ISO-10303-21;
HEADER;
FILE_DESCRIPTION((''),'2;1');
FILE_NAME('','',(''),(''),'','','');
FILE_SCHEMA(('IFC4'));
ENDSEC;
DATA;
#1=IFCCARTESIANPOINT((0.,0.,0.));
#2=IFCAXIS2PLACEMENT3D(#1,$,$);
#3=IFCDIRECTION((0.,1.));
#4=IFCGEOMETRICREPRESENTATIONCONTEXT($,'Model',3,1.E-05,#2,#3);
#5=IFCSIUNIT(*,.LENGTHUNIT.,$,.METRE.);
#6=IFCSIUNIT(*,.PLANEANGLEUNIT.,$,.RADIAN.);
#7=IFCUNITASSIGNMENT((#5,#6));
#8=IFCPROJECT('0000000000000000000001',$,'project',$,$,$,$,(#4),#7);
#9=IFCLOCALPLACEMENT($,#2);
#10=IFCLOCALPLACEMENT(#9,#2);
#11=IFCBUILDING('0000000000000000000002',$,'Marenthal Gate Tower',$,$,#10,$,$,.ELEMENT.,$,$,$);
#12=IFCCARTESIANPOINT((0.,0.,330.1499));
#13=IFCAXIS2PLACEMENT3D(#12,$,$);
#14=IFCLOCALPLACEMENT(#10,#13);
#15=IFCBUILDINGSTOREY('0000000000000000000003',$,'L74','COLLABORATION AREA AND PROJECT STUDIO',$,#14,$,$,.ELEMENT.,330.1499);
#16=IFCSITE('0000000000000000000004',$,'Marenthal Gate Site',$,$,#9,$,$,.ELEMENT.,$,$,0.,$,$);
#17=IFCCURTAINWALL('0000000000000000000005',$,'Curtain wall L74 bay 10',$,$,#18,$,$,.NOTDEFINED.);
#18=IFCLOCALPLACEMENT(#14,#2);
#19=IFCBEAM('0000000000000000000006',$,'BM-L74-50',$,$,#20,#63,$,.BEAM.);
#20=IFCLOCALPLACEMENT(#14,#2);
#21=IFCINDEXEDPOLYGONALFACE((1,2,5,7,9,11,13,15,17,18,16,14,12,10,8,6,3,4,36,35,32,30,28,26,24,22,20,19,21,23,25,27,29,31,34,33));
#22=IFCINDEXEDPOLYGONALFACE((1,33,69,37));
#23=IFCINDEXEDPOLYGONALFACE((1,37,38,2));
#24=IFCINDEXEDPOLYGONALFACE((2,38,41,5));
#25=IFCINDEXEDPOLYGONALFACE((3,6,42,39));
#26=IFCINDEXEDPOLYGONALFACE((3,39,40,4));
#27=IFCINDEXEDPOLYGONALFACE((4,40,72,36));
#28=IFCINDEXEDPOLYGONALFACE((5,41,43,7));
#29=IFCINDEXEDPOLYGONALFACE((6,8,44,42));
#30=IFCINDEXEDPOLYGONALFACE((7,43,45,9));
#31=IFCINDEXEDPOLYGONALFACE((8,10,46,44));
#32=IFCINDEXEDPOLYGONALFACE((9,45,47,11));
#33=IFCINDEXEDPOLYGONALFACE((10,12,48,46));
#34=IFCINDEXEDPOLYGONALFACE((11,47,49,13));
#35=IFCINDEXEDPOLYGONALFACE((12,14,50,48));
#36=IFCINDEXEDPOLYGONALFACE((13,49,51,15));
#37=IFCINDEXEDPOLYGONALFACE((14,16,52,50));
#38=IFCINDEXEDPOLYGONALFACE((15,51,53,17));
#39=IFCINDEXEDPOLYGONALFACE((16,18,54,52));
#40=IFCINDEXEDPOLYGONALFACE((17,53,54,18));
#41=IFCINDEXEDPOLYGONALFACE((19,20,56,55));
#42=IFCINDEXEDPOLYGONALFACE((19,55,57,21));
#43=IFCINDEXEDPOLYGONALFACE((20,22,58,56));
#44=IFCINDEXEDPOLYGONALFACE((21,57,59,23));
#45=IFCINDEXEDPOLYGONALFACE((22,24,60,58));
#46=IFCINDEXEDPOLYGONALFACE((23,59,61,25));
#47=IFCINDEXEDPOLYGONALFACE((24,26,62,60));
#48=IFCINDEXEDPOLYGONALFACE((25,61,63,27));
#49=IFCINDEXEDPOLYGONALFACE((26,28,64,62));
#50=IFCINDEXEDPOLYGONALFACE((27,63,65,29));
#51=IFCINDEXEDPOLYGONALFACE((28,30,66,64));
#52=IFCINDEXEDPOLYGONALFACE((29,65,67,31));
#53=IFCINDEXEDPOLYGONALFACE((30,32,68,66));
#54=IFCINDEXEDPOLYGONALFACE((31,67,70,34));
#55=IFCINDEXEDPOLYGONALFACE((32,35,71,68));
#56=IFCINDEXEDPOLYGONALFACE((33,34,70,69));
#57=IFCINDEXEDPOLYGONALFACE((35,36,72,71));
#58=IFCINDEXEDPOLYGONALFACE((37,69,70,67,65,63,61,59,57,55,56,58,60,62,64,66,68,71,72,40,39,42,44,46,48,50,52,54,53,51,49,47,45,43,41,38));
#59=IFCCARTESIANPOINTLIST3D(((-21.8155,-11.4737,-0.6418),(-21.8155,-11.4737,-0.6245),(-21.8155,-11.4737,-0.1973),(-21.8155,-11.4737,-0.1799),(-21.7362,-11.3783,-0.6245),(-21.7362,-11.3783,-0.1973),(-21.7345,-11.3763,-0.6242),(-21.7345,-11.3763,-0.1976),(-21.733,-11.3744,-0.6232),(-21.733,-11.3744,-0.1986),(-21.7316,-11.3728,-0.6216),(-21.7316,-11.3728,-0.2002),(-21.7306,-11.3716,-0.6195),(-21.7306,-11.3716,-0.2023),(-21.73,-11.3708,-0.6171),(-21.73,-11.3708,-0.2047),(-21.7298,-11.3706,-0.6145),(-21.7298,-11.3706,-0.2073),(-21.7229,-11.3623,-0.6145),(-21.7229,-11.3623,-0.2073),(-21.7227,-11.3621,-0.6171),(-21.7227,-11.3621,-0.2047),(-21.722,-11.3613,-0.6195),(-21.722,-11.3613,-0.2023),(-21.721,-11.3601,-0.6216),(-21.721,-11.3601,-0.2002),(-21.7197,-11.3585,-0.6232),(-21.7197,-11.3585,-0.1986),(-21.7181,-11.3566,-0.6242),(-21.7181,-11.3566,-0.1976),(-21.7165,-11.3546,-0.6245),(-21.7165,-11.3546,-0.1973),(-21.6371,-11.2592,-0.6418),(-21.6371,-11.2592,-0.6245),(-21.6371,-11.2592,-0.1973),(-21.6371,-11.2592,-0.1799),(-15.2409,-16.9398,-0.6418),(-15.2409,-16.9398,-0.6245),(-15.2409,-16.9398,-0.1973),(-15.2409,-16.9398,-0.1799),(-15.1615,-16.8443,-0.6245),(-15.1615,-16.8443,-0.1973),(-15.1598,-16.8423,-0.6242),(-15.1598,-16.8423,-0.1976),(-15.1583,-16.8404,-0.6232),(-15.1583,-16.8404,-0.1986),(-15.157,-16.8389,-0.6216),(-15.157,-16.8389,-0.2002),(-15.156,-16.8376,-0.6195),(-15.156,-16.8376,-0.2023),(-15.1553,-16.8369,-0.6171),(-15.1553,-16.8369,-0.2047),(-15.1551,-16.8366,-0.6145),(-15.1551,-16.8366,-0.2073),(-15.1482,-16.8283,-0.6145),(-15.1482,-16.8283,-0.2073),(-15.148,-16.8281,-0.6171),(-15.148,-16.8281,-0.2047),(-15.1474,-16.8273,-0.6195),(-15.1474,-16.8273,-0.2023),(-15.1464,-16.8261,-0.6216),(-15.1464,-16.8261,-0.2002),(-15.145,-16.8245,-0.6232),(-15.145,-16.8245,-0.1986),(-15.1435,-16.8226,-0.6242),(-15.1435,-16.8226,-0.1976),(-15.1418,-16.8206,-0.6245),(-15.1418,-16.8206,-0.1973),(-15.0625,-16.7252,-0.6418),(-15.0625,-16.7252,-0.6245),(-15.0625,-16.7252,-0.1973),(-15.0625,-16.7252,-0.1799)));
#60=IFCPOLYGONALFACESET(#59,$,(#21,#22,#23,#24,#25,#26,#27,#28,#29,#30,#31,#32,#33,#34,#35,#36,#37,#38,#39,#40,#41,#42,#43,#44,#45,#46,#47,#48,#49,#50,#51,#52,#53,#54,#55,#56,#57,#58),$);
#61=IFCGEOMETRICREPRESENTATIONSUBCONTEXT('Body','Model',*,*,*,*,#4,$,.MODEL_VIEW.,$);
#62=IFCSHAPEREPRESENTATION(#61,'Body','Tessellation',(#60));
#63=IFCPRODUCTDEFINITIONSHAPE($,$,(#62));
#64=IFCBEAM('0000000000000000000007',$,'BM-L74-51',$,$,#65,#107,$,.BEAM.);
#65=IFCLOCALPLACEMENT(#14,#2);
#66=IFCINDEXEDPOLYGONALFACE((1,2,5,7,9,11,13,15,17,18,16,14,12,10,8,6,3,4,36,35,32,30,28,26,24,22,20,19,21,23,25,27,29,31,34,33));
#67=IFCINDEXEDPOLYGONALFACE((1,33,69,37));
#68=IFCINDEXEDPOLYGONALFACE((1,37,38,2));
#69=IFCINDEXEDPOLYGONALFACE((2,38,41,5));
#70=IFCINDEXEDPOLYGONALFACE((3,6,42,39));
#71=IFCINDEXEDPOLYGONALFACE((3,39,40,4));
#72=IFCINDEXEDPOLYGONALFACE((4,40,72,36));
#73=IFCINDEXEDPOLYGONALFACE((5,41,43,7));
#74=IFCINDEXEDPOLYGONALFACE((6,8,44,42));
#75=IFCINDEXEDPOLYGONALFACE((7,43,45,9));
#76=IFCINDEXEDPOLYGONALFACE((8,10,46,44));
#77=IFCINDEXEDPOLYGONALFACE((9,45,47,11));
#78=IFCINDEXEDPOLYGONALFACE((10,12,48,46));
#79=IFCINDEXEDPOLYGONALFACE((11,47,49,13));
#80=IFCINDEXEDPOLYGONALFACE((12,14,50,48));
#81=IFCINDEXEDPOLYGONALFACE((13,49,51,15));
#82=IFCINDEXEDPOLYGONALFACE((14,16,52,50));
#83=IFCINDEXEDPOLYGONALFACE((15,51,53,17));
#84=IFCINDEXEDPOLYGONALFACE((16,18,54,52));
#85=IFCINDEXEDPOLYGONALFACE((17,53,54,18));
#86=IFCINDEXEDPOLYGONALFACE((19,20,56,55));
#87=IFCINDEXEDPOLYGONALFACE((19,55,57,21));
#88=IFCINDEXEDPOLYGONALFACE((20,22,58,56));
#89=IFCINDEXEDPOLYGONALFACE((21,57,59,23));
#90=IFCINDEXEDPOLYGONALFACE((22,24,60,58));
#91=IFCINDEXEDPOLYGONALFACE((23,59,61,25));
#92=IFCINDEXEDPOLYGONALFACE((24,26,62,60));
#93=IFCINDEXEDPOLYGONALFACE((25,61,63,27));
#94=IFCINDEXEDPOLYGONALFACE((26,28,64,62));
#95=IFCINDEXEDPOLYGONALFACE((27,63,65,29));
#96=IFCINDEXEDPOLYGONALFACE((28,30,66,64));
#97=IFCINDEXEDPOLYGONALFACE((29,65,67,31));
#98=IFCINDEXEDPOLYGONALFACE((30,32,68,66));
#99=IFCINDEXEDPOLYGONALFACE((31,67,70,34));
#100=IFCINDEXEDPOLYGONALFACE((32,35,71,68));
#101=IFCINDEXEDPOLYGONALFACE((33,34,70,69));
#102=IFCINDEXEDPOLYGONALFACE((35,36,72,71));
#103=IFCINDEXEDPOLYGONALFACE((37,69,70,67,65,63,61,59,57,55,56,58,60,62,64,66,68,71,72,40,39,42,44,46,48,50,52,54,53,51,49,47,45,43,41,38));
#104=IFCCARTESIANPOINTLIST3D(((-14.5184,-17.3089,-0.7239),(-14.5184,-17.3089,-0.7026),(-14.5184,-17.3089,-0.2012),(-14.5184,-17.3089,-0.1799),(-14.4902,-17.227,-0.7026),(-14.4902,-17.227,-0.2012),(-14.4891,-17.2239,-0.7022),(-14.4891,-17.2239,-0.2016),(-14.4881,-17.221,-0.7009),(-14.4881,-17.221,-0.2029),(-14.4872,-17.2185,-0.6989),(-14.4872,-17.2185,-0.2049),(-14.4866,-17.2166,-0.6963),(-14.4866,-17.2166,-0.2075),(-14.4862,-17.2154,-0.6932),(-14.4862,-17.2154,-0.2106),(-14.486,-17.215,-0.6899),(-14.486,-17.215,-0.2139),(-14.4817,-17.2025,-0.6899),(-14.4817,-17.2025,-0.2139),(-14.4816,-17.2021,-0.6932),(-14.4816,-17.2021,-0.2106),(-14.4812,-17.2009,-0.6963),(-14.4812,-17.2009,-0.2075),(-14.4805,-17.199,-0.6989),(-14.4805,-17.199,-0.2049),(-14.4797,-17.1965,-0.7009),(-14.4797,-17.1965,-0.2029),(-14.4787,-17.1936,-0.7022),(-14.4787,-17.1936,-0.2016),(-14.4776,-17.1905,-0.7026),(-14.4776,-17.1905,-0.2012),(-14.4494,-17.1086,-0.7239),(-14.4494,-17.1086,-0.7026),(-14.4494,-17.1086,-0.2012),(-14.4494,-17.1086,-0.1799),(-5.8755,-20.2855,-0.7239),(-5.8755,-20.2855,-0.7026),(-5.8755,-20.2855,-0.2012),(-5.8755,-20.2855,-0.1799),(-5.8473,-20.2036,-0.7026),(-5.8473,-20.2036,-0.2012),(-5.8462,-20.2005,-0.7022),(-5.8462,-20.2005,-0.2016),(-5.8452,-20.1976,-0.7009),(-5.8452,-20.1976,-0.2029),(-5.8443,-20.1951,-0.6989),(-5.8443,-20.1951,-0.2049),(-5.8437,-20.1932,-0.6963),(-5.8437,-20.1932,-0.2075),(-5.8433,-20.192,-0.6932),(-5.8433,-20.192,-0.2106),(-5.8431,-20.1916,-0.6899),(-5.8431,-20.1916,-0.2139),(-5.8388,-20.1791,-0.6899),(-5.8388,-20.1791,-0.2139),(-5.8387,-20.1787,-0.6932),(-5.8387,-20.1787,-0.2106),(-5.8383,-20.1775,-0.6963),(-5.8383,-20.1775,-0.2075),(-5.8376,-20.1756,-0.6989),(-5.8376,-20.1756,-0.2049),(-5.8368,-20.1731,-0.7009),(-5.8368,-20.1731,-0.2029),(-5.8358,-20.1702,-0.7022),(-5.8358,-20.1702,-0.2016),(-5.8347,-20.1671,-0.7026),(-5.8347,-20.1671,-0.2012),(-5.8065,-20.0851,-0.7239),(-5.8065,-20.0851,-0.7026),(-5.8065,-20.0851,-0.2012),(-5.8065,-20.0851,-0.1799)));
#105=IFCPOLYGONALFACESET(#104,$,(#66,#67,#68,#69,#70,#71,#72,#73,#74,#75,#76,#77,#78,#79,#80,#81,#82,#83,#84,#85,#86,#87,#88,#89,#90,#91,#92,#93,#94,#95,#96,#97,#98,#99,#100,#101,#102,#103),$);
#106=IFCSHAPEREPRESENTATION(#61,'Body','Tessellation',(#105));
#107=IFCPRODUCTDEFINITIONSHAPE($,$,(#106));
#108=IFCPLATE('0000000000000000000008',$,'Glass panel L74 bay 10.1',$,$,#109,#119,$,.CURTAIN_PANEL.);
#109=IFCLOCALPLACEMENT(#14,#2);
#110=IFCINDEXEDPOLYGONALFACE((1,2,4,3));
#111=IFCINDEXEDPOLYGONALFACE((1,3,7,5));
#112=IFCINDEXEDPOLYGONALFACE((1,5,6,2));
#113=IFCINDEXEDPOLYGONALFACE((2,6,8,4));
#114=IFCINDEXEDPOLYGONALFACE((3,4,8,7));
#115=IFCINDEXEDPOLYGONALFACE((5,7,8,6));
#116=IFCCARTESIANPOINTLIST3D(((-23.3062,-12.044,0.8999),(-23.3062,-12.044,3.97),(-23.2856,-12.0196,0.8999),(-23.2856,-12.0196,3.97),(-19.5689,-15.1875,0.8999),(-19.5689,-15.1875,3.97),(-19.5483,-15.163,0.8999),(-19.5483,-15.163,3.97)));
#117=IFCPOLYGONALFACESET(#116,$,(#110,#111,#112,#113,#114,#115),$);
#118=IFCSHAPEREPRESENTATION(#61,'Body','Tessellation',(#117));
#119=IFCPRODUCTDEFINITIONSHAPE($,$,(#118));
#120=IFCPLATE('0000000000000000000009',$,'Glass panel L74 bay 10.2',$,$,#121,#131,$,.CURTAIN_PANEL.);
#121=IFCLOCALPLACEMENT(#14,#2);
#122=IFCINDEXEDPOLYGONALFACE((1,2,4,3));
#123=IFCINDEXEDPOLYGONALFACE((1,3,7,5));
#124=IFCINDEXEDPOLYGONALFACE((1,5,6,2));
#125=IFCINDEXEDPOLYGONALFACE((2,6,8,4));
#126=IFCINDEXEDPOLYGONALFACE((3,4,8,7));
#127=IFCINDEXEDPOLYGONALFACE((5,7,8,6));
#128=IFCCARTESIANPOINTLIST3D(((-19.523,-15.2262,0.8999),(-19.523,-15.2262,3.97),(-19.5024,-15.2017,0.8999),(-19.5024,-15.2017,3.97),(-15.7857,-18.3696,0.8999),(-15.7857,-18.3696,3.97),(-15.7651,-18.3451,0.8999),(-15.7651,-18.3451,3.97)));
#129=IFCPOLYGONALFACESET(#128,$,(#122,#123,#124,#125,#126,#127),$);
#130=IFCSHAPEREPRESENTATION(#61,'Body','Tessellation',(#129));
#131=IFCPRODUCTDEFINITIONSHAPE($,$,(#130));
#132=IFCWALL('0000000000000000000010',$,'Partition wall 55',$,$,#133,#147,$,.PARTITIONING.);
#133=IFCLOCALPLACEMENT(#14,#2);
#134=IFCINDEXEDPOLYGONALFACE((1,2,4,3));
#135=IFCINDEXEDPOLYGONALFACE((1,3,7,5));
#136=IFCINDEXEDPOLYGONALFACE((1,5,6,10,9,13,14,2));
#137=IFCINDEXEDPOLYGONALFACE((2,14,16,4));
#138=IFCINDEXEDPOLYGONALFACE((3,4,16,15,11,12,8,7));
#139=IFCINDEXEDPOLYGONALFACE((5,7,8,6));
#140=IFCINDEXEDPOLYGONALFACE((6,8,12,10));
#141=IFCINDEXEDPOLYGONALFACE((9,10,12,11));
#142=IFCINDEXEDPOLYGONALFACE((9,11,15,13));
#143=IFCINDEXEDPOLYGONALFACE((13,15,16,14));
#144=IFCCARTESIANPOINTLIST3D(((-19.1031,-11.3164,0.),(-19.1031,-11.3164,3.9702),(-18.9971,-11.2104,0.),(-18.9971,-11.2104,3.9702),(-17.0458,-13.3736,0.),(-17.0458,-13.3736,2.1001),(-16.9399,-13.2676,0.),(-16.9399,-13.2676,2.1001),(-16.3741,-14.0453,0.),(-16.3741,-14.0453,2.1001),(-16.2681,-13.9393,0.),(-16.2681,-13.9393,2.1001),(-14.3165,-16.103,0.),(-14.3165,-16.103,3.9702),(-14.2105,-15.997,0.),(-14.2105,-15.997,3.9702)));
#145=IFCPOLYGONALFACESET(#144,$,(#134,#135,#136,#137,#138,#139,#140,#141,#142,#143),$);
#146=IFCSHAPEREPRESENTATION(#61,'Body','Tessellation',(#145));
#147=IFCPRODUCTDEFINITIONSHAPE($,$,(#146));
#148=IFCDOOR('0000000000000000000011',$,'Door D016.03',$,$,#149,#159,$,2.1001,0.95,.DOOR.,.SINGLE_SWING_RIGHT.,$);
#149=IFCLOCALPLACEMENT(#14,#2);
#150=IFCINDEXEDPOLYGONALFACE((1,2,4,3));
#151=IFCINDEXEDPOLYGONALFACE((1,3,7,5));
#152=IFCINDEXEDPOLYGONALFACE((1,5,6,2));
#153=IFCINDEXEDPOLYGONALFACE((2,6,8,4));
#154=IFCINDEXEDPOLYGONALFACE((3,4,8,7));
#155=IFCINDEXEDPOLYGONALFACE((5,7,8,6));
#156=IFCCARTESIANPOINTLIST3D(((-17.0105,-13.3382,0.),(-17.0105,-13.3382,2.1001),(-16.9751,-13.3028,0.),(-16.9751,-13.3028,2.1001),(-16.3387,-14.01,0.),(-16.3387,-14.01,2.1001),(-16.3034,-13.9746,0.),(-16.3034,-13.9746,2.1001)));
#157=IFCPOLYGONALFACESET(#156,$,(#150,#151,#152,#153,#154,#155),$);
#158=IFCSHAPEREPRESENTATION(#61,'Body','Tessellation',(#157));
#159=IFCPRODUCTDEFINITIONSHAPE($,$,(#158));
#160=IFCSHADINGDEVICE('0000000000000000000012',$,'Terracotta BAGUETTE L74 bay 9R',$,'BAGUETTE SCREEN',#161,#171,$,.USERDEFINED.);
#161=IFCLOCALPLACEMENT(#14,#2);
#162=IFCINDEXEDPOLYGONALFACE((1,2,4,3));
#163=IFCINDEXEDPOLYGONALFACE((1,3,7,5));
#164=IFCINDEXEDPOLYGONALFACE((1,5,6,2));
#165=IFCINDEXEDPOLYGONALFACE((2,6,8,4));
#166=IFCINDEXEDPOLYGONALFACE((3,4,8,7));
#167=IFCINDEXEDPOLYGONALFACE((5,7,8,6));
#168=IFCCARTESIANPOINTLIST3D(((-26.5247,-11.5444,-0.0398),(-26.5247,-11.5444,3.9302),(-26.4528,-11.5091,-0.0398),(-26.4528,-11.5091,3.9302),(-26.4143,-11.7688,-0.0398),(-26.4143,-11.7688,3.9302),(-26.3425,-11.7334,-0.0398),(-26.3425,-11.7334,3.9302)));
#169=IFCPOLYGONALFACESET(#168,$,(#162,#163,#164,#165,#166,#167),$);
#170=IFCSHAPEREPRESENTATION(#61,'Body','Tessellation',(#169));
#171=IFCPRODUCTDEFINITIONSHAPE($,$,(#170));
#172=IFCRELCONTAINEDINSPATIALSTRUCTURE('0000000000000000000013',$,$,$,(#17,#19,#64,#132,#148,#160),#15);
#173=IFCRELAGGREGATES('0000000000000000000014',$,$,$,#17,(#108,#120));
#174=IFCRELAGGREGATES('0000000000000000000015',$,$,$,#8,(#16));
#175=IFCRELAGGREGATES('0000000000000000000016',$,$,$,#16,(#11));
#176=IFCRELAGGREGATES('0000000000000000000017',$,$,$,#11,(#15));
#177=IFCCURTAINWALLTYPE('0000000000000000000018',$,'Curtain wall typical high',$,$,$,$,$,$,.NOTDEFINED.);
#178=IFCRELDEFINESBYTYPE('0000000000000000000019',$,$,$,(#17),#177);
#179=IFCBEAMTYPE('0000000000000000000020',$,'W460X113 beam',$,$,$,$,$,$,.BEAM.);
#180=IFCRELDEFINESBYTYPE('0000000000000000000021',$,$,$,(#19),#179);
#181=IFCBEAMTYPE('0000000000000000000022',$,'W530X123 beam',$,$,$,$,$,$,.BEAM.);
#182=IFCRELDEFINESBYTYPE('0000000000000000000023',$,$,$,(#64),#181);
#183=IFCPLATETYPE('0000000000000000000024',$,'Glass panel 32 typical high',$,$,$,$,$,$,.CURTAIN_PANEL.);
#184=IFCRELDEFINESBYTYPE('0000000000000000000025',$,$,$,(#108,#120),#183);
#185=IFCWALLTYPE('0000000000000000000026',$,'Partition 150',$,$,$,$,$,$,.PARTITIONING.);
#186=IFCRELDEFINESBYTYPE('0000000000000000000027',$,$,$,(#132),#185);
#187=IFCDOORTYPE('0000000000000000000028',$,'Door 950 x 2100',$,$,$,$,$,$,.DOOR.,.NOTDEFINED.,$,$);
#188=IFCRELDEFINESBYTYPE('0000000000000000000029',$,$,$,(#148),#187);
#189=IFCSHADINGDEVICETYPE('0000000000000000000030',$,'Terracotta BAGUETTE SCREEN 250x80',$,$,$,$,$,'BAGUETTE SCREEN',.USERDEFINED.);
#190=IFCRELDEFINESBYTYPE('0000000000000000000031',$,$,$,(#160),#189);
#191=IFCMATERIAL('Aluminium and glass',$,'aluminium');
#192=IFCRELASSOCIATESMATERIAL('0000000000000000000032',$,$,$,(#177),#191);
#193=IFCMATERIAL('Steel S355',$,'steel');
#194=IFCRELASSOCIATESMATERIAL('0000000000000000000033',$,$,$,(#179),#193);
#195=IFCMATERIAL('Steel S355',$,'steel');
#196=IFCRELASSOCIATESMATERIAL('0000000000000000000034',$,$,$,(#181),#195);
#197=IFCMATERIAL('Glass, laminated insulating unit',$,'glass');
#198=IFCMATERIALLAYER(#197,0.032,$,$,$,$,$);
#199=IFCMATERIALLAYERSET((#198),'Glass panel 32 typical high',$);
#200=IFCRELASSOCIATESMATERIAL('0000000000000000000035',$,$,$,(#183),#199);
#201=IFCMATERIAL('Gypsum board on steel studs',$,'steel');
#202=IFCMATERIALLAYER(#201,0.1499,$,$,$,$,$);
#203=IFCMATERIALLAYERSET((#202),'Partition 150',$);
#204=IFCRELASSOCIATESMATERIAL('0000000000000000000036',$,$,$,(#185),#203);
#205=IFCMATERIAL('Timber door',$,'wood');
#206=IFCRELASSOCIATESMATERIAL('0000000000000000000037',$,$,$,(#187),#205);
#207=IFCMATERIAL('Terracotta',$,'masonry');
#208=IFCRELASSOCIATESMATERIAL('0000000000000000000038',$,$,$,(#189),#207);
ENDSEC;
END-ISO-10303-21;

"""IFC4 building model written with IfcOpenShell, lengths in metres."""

from ifc_helpers import new_model, si_unit, direction, frame, frame_2d, origin, origin_2d, place, context, subcontext, project, spatial, rectangle, i_section, extrude, material, layer, layer_set, material_profile, profile_set, type_object, element, fill, aggregate, save


model = new_model("IFC4")

# Units and contexts
model_context = context("Model", 3, precision=1e-05, world=origin(), true_north=direction((0.0, 1.0)))
body_context = subcontext(model_context, "Body", "Model", "MODEL_VIEW")
ifc_project = project(units=[si_unit("LENGTHUNIT", "METRE"), si_unit("PLANEANGLEUNIT", "RADIAN")], contexts=[model_context])

# Site, building, storey
site_placement = place(None, origin())
site = spatial("IfcSite", under=ifc_project, at=site_placement, Name="Marenthal Gate Site", CompositionType="ELEMENT", RefElevation=0.0)
building_placement = place(site_placement, origin())
building = spatial("IfcBuilding", under=site, at=building_placement, Name="Marenthal Gate Tower", CompositionType="ELEMENT")
storey_placement = place(building_placement, frame((0.0, 0.0, 330.1499)))
storey = spatial("IfcBuildingStorey", under=building, at=storey_placement, Name="L74", Description="COLLABORATION AREA AND PROJECT STUDIO", CompositionType="ELEMENT", Elevation=330.1499)

# Curtain wall
ifc_material_1 = material(Name="Aluminium and glass", Category="aluminium")
curtain_wall_type = type_object("IfcCurtainWallType", Name="Curtain wall typical high", PredefinedType="NOTDEFINED", material=ifc_material_1)
curtain_wall_placement = place(storey_placement, origin())
curtain_wall = element("IfcCurtainWall", 1, at=curtain_wall_placement, inside=storey, type_object=curtain_wall_type, Name="Curtain wall L74 bay 10", PredefinedType="NOTDEFINED")

# Beams
ifc_material_2 = material(Name="Steel S355", Category="steel")
ifc_material_profile_1 = material_profile(ifc_material_2, i_section(OverallWidth=0.2791, OverallDepth=0.4619, WebThickness=0.0107, FlangeThickness=0.0173, FilletRadius=0.01, at=origin_2d()), Name="W460X113")
ifc_profile_set_1 = profile_set([ifc_material_profile_1], Name="Steel S355")
beam_type_1 = type_object("IfcBeamType", Name="W460X113 beam", PredefinedType="BEAM", material=ifc_profile_set_1)
beam_1_placement = place(storey_placement, frame((-21.7263, -11.3665, -0.4109), z_axis=(0.76896, -0.639296, 0.0), x_axis=(0.639296, 0.76896, 0.0)))
element("IfcBeam", 2, at=beam_1_placement, inside=storey, type_object=beam_type_1, Name="BM-L74-50", PredefinedType="BEAM", context=body_context, shape_type="SweptSolid", body=[
    extrude(i_section(OverallWidth=0.2791, OverallDepth=0.4619, WebThickness=0.0107, FlangeThickness=0.0173, FilletRadius=0.01, at=origin_2d()), origin(), (0.0, 0.0, 1.0), 8.55),
])
ifc_material_3 = material(Name="Steel S355", Category="steel")
ifc_material_profile_2 = material_profile(ifc_material_3, i_section(OverallWidth=0.2119, OverallDepth=0.5439, WebThickness=0.0132, FlangeThickness=0.0212, FilletRadius=0.0127, at=origin_2d()), Name="W530X123")
ifc_profile_set_2 = profile_set([ifc_material_profile_2], Name="Steel S355")
beam_type_2 = type_object("IfcBeamType", Name="W530X123 beam", PredefinedType="BEAM", material=ifc_profile_set_2)
beam_2_placement = place(storey_placement, frame((-14.4839, -17.2087, -0.4519), z_axis=(0.945498, -0.325627, 0.0), x_axis=(0.325627, 0.945498, 0.0)))
element("IfcBeam", 3, at=beam_2_placement, inside=storey, type_object=beam_type_2, Name="BM-L74-51", PredefinedType="BEAM", context=body_context, shape_type="SweptSolid", body=[
    extrude(i_section(OverallWidth=0.2119, OverallDepth=0.5439, WebThickness=0.0132, FlangeThickness=0.0212, FilletRadius=0.0127, at=origin_2d()), origin(), (0.0, 0.0, 1.0), 9.1411),
])

# Plates
ifc_material_4 = material(Name="Glass, laminated insulating unit", Category="glass")
ifc_layer_1 = layer(ifc_material_4, 0.032)
ifc_layer_set_1 = layer_set([ifc_layer_1], Name="Glass panel 32 typical high")
plate_type = type_object("IfcPlateType", Name="Glass panel 32 typical high", PredefinedType="CURTAIN_PANEL", material=ifc_layer_set_1)
plate_1_placement = place(storey_placement, frame((-21.4272, -13.6035, 0.8999), z_axis=(0.0, 0.0, 1.0), x_axis=(0.765298, -0.643676, 0.0)))
plate_1 = element("IfcPlate", 4, at=plate_1_placement, type_object=plate_type, Name="Glass panel L74 bay 10.1", PredefinedType="CURTAIN_PANEL", context=body_context, shape_type="SweptSolid", body=[
    extrude(rectangle(XDim=4.8835, YDim=0.032, at=origin_2d()), origin(), (0.0, 0.0, 1.0), 3.0701),
])
plate_2_placement = place(storey_placement, frame((-17.644, -16.7856, 0.8999), z_axis=(0.0, 0.0, 1.0), x_axis=(0.765298, -0.643676, 0.0)))
plate_2 = element("IfcPlate", 5, at=plate_2_placement, type_object=plate_type, Name="Glass panel L74 bay 10.2", PredefinedType="CURTAIN_PANEL", context=body_context, shape_type="SweptSolid", body=[
    extrude(rectangle(XDim=4.8835, YDim=0.032, at=origin_2d()), origin(), (0.0, 0.0, 1.0), 3.0701),
])
aggregate(curtain_wall, [plate_1, plate_2])

# Wall, opening, door
ifc_material_5 = material(Name="Gypsum board on steel studs", Category="steel")
ifc_layer_2 = layer(ifc_material_5, 0.1499)
ifc_layer_set_2 = layer_set([ifc_layer_2], Name="Partition 150")
wall_type_1 = type_object("IfcWallType", Name="Partition 150", PredefinedType="PARTITIONING", material=ifc_layer_set_2)
wall_1_placement = place(storey_placement, frame((-14.2634, -16.05, 0.0), z_axis=(0.0, 0.0, 1.0), x_axis=(-0.707107, 0.707107, 0.0)))
wall_1 = element("IfcWall", 6, at=wall_1_placement, inside=storey, type_object=wall_type_1, Name="Partition wall 55", PredefinedType="PARTITIONING", context=body_context, shape_type="SweptSolid", body=[
    extrude(rectangle(XDim=6.7693, YDim=0.1499, at=frame_2d((3.3848, 0.0))), origin(), (0.0, 0.0, 1.0), 3.9702),
])
opening_1_placement = place(wall_1_placement, frame((2.9099, 0.0, 0.0)))
opening_1 = element("IfcOpeningElement", 7, at=opening_1_placement, cuts=wall_1, PredefinedType="OPENING", context=body_context, shape_type="SweptSolid", body=[
    extrude(rectangle(XDim=0.95, YDim=2.1001, at=frame_2d((0.4751, 1.05))), frame((0.0, 0.085, 0.0), z_axis=(0.0, -1.0, 0.0), x_axis=(1.0, 0.0, 0.0)), (0.0, 0.0, 1.0), 0.1699),
])
ifc_material_6 = material(Name="Timber door", Category="wood")
door_type_1 = type_object("IfcDoorType", Name="Door 950 x 2100", OperationType="NOTDEFINED", PredefinedType="DOOR", material=ifc_material_6)
door_1_placement = place(opening_1_placement, origin())
door_1 = element("IfcDoor", 8, at=door_1_placement, inside=storey, type_object=door_type_1, Name="Door D016.03", OperationType="SINGLE_SWING_RIGHT", OverallHeight=2.1001, OverallWidth=0.95, PredefinedType="DOOR", context=body_context, shape_type="SweptSolid", body=[
    extrude(rectangle(XDim=0.95, YDim=2.1001, at=frame_2d((0.4751, 1.05))), frame((0.0, 0.0249, 0.0), z_axis=(0.0, -1.0, 0.0), x_axis=(1.0, 0.0, 0.0)), (0.0, 0.0, 1.0), 0.05),
])
fill(opening_1, door_1)

# Shading device
ifc_material_7 = material(Name="Terracotta", Category="masonry")
ifc_material_profile_3 = material_profile(ifc_material_7, rectangle(XDim=0.25, YDim=0.0801, at=origin_2d()), Name="Terracotta baguette 250x80")
ifc_profile_set_3 = profile_set([ifc_material_profile_3], Name="Terracotta")
shading_device_type = type_object("IfcShadingDeviceType", Name="Terracotta BAGUETTE SCREEN 250x80", ElementType="BAGUETTE SCREEN", PredefinedType="USERDEFINED", material=ifc_profile_set_3)
shading_device_placement = place(storey_placement, frame((-26.4336, -11.6389, -0.0398), z_axis=(0.0, 0.0, 1.0), x_axis=(0.441395, -0.897313, 0.0)))
element("IfcShadingDevice", 9, at=shading_device_placement, inside=storey, type_object=shading_device_type, Name="Terracotta BAGUETTE L74 bay 9R", ObjectType="BAGUETTE SCREEN", PredefinedType="USERDEFINED", context=body_context, shape_type="SweptSolid", body=[
    extrude(rectangle(XDim=0.25, YDim=0.0801, at=origin_2d()), origin(), (0.0, 0.0, 1.0), 3.97),
])

save(model, "model.ifc")
